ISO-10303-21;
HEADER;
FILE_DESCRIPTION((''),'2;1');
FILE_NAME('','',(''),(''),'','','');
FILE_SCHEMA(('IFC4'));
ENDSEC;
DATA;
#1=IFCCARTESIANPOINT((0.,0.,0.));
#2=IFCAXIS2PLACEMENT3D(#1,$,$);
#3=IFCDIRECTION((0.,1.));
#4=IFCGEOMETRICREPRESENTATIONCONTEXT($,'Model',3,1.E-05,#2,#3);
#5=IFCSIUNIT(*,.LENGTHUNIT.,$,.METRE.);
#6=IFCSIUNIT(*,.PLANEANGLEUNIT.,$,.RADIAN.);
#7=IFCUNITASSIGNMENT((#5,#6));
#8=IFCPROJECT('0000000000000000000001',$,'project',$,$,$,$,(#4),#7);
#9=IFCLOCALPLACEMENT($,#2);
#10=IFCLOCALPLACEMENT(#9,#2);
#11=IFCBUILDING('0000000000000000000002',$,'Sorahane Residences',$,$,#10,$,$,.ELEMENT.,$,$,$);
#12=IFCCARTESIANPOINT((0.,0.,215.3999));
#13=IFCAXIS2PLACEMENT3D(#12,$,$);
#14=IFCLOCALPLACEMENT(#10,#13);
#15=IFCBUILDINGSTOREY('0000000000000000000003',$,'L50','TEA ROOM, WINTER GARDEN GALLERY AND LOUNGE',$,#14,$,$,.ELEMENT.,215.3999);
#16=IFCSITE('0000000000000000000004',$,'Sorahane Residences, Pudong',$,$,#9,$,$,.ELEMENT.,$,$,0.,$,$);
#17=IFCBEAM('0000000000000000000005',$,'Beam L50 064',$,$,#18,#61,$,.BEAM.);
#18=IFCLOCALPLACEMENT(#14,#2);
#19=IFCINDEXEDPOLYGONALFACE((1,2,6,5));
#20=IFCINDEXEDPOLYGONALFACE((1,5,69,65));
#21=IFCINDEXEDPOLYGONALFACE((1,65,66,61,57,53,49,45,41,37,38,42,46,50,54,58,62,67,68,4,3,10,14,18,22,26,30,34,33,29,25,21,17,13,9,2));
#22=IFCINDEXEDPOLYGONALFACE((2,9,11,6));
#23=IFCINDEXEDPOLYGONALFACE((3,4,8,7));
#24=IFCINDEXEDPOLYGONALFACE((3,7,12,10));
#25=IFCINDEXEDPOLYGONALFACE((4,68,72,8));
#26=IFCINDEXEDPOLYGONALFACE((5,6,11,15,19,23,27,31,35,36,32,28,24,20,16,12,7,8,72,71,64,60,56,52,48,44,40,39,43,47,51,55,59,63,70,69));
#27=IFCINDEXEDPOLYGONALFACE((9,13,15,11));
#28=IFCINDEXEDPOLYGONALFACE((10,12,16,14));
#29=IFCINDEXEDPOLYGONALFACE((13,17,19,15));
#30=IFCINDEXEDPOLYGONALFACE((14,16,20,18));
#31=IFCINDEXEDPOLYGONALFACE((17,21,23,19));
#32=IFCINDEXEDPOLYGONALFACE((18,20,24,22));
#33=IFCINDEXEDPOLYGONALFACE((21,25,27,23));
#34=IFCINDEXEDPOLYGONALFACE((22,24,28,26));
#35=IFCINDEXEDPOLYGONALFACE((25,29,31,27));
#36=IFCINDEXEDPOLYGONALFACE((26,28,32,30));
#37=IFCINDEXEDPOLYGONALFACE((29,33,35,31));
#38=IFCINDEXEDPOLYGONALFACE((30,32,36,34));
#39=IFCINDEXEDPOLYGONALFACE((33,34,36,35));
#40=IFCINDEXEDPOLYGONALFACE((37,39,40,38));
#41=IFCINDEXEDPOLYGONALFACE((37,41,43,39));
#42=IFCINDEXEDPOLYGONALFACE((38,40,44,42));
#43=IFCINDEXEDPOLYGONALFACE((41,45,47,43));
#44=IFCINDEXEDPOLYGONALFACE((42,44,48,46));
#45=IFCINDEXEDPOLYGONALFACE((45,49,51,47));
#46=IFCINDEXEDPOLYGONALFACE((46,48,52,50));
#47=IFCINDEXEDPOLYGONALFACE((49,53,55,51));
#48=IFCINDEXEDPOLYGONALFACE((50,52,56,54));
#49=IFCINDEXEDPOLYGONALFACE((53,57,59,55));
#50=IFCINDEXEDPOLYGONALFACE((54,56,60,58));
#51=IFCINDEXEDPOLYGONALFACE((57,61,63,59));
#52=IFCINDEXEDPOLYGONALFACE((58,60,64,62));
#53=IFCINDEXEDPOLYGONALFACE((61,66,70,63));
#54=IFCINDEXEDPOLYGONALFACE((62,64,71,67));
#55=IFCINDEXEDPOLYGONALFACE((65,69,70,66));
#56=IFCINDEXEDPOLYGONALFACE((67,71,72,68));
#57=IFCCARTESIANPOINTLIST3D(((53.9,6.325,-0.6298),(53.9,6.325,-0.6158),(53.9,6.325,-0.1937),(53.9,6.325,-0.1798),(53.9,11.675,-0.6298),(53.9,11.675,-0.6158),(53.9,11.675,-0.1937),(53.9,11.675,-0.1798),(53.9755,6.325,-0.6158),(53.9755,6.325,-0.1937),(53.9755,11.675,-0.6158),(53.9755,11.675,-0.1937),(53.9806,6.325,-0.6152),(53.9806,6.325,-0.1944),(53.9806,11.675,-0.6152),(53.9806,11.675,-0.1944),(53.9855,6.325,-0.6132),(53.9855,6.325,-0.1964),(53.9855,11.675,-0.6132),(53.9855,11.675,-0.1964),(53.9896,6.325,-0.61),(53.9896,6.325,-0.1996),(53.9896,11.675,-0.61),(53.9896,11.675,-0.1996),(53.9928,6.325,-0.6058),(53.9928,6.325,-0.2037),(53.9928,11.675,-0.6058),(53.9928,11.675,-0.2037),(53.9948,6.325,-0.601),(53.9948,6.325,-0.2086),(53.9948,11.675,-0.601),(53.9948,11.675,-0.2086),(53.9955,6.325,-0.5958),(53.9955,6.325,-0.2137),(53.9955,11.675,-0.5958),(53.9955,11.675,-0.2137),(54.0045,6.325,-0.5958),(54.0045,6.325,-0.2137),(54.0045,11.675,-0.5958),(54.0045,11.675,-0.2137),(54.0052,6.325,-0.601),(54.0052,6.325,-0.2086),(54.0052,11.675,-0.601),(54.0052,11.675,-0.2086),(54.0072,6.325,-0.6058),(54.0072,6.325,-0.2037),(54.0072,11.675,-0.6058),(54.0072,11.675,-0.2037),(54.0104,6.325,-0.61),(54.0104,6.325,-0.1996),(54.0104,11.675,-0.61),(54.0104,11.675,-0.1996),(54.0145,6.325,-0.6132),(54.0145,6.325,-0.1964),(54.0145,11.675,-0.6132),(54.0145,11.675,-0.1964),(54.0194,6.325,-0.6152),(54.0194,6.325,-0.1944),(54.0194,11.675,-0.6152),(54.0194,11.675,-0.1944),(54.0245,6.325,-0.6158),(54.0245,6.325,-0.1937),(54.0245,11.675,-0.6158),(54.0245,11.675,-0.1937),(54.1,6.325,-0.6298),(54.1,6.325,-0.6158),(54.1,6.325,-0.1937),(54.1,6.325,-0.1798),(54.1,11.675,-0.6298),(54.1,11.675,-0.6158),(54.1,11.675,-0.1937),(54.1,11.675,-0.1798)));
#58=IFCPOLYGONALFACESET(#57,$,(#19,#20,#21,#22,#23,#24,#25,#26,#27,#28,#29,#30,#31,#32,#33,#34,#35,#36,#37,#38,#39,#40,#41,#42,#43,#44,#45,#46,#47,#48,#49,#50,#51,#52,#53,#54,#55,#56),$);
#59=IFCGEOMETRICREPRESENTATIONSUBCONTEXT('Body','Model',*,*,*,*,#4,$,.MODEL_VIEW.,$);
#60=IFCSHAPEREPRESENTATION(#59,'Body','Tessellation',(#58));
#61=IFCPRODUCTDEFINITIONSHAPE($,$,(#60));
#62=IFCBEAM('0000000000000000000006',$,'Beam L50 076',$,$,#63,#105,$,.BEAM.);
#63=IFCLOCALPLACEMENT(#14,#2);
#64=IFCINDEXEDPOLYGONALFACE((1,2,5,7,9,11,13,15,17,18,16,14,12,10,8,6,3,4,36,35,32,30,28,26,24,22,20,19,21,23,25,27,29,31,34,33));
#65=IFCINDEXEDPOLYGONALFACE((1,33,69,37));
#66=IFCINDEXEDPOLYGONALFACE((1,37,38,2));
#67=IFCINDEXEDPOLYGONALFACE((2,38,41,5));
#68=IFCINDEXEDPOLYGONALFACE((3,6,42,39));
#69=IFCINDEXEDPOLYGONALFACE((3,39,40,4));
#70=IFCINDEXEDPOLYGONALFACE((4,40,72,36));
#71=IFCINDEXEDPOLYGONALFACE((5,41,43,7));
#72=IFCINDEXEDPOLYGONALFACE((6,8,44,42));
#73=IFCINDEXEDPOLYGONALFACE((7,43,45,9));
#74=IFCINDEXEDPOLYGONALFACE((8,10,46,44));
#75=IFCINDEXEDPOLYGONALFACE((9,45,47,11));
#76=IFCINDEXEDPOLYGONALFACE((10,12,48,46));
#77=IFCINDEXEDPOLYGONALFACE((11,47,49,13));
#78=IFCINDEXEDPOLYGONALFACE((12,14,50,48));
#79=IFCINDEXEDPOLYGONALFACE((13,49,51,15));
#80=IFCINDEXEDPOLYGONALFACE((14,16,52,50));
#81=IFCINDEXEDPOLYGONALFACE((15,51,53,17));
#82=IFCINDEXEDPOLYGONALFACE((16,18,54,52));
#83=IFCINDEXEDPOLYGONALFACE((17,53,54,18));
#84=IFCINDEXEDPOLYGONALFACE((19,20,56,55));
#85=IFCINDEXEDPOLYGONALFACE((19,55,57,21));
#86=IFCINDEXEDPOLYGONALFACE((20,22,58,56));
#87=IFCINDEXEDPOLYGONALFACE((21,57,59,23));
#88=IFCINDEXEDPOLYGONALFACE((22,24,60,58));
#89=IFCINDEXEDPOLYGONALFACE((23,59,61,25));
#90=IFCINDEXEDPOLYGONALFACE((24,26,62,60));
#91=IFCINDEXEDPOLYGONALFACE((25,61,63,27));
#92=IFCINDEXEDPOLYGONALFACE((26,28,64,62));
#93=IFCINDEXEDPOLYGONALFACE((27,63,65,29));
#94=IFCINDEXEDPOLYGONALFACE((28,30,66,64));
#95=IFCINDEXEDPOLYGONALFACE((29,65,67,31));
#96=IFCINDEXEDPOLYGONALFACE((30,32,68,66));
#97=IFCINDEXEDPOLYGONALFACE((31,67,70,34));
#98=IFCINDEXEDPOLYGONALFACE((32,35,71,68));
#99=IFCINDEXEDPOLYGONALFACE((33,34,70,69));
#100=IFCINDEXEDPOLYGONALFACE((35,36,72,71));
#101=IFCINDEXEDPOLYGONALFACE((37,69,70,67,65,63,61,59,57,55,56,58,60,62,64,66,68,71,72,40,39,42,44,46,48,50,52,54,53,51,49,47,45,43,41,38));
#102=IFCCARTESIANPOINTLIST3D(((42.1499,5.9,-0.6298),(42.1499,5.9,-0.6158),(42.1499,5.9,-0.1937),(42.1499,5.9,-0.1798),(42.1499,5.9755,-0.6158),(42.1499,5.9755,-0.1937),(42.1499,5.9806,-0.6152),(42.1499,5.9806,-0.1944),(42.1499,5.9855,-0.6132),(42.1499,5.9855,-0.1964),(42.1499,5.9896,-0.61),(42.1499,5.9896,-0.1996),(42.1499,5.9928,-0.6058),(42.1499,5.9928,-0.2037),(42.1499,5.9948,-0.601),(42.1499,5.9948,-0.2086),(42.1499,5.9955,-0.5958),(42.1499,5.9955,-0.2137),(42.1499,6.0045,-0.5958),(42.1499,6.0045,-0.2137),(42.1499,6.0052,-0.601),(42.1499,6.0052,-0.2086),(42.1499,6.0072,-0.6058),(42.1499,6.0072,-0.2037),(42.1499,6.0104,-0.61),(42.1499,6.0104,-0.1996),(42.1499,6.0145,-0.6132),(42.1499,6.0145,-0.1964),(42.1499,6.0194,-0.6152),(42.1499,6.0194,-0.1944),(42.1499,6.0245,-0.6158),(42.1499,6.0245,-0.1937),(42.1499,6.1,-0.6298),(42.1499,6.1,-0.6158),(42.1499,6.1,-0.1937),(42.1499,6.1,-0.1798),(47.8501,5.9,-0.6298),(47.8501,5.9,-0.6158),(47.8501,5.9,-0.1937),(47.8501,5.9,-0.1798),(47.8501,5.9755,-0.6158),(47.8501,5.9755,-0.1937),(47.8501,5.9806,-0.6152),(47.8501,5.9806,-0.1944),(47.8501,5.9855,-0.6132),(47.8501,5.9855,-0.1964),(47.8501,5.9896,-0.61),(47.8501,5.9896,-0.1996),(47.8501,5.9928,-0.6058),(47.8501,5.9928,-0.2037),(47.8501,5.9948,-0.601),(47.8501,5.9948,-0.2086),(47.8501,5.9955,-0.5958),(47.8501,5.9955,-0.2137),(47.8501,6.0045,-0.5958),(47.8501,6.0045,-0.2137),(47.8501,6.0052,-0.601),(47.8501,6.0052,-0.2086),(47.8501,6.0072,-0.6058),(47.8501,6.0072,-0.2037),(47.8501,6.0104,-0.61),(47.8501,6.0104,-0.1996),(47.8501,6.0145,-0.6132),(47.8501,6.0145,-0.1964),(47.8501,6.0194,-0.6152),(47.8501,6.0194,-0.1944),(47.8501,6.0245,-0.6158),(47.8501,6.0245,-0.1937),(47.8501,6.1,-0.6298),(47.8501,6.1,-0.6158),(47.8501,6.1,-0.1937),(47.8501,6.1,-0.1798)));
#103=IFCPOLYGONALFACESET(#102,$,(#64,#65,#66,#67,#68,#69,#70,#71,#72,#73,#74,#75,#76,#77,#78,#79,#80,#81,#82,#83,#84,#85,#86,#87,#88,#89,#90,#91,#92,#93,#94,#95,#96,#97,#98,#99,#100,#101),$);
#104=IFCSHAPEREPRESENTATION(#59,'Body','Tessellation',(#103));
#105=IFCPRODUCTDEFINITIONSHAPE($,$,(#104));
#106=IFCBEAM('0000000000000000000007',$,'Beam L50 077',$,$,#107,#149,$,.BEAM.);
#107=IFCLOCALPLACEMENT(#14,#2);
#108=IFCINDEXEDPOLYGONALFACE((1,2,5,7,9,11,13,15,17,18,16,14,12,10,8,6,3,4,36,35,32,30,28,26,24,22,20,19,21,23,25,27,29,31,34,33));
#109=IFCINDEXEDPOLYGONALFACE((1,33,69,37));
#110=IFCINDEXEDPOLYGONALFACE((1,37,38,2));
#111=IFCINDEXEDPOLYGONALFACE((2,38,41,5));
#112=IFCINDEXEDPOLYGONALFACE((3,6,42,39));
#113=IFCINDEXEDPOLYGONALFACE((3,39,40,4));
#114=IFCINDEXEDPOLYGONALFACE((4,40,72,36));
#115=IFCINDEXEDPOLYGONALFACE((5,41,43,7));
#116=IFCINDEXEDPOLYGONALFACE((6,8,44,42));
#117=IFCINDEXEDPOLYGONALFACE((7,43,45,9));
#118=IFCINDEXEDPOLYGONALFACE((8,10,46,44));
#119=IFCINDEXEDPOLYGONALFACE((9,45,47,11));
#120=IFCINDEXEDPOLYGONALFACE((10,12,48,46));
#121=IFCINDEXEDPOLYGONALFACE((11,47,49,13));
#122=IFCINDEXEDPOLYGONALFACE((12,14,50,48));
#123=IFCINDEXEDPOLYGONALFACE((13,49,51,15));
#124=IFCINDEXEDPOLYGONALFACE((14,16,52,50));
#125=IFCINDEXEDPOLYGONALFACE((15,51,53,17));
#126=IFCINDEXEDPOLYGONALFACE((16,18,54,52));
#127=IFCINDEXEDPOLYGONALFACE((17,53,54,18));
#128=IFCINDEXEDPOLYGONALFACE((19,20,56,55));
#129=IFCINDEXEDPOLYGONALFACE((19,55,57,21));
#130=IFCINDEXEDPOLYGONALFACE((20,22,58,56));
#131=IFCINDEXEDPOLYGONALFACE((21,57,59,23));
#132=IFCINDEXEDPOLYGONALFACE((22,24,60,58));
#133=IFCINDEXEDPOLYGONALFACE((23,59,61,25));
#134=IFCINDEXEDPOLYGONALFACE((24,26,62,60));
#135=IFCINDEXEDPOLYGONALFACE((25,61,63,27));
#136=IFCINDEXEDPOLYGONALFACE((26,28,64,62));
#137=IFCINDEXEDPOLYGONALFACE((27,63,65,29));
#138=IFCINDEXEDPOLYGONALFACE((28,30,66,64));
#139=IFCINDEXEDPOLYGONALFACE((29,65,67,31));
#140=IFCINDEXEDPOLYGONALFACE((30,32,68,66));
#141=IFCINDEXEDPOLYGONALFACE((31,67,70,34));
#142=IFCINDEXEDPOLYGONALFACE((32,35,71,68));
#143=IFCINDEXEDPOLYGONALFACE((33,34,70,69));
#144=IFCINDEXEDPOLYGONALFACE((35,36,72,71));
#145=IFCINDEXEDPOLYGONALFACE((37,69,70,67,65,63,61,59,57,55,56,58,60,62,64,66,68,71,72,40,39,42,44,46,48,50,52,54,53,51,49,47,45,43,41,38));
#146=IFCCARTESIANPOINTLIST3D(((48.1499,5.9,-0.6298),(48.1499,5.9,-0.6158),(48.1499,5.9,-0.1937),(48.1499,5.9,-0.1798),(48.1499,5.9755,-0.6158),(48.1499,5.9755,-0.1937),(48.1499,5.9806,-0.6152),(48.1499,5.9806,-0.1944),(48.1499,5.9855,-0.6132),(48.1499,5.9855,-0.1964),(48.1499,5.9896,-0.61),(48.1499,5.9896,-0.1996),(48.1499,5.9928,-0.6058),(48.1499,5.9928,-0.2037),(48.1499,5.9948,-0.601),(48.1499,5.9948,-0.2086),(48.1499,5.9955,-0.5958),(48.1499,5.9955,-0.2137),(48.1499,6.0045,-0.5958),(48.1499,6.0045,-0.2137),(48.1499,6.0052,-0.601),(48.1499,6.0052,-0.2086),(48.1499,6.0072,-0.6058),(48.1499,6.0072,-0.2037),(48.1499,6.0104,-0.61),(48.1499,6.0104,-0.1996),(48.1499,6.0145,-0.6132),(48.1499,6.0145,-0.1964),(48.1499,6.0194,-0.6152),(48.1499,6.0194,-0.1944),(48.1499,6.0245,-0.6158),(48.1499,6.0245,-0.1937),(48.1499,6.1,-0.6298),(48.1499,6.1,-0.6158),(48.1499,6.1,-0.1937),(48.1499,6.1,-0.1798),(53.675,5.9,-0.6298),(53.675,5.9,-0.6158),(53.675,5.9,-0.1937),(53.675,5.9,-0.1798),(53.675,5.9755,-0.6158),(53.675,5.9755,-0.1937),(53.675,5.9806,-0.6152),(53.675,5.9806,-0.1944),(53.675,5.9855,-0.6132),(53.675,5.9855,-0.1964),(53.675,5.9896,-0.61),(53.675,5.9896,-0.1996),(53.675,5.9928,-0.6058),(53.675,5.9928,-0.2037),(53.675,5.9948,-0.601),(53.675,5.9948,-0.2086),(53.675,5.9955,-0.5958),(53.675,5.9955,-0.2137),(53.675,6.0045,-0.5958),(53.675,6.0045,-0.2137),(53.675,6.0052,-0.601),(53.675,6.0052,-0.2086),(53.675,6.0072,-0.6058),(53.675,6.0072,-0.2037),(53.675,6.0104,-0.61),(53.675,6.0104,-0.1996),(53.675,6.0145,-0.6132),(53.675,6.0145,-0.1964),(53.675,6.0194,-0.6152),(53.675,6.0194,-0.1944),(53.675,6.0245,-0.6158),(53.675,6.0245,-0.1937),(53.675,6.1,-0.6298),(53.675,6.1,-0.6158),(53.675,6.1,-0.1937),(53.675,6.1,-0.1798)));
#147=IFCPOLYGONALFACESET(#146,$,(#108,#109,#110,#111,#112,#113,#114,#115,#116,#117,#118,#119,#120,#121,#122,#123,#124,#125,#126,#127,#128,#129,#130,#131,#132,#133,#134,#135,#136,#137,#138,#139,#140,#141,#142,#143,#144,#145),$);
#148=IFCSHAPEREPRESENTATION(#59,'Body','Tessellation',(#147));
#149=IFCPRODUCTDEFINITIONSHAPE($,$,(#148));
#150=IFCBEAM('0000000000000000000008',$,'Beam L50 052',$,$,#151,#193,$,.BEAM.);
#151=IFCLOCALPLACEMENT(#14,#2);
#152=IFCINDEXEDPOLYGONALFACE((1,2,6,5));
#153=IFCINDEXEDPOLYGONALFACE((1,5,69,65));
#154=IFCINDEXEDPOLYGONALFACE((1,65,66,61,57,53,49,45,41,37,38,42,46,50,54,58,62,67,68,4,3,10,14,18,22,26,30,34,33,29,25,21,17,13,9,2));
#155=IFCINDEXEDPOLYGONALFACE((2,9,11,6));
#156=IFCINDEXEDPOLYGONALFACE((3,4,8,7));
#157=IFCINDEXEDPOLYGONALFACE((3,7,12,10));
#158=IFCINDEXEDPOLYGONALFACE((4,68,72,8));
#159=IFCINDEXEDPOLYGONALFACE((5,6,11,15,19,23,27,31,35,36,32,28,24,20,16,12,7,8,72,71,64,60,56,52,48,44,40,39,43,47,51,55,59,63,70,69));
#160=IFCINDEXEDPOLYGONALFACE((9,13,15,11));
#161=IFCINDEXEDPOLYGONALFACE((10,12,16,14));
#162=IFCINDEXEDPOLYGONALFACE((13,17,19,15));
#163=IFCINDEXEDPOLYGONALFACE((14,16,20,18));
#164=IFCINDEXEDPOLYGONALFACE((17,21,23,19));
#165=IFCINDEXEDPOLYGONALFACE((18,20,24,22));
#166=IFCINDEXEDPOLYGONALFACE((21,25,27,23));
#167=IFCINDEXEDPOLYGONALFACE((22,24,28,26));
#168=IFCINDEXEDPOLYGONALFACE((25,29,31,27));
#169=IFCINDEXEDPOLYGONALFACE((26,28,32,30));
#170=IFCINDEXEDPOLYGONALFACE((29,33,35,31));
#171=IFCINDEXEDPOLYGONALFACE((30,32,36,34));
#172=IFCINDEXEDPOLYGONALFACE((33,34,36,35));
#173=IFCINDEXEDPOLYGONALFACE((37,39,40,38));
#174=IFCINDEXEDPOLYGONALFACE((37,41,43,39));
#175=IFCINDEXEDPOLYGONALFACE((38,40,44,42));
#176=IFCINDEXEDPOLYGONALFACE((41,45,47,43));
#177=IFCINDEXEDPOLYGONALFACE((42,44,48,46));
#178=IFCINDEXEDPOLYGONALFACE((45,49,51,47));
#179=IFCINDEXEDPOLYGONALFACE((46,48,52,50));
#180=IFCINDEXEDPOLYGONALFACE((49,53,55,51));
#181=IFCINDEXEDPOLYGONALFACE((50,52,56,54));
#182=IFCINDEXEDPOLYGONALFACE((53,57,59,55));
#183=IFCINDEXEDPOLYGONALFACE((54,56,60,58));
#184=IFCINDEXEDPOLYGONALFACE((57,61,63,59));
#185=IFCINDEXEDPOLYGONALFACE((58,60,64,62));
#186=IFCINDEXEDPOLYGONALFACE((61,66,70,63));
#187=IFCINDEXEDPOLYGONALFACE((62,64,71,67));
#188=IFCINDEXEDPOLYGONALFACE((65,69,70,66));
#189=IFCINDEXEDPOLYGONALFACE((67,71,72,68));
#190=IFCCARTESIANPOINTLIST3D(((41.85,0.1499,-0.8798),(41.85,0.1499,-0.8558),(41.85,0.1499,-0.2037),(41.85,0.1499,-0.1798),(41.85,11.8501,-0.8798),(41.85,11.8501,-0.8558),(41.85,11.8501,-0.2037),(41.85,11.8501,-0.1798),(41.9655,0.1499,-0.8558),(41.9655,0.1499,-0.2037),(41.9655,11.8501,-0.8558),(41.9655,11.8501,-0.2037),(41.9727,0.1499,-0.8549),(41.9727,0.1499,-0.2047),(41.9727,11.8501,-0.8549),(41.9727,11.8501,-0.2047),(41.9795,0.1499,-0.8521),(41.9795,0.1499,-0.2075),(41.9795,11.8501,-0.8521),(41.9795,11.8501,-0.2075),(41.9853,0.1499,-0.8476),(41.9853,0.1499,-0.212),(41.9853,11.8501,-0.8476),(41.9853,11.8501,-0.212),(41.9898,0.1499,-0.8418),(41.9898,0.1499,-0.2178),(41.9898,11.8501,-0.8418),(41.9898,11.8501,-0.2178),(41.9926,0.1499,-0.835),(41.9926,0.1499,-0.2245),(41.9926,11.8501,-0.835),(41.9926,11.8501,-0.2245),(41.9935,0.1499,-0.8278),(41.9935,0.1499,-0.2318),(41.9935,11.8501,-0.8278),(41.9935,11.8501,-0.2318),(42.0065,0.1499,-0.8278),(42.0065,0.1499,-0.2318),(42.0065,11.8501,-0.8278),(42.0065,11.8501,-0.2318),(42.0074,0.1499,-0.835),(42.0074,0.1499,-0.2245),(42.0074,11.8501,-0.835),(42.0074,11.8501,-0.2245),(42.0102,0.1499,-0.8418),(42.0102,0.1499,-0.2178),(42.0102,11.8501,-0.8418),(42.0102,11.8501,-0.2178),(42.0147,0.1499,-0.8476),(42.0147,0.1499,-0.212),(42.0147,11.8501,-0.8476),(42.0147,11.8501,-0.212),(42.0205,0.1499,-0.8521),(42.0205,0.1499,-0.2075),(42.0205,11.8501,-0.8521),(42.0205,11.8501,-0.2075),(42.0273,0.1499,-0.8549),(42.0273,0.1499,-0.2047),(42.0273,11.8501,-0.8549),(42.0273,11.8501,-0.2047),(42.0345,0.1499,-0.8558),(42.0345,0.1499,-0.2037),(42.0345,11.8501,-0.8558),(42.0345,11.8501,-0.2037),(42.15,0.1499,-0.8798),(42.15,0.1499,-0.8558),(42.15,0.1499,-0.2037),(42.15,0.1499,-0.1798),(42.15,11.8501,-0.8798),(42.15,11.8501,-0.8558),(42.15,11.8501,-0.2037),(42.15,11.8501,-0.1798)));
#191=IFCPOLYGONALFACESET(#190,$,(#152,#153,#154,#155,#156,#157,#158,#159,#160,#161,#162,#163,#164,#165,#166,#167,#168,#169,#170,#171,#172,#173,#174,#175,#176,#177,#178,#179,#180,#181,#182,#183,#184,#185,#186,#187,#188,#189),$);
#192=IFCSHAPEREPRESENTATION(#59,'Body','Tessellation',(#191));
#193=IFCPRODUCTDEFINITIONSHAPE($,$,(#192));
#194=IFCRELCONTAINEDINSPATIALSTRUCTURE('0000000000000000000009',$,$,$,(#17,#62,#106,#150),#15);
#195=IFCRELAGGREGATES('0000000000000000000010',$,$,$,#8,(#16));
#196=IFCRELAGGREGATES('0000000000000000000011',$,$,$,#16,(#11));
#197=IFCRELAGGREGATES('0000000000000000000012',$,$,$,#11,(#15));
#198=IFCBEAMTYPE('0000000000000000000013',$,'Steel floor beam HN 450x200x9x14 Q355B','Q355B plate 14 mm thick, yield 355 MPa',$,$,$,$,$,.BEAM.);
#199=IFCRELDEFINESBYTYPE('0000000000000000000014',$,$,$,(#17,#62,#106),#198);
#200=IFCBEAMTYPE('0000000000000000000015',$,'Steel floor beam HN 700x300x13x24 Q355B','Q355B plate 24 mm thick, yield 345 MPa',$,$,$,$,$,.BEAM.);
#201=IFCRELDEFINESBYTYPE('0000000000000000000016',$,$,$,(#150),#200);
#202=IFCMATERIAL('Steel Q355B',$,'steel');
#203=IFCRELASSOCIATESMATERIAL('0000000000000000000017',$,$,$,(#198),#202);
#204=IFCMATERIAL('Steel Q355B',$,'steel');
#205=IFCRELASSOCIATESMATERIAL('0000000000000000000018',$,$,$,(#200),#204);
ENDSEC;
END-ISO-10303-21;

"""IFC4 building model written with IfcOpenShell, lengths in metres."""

from ifc_helpers import new_model, si_unit, direction, frame, origin, origin_2d, place, context, subcontext, project, spatial, i_section, extrude, material, material_profile, profile_set, type_object, element, save


model = new_model("IFC4")

# Units and contexts
model_context = context("Model", 3, precision=1e-05, world=origin(), true_north=direction((0.0, 1.0)))
body_context = subcontext(model_context, "Body", "Model", "MODEL_VIEW")
ifc_project = project(units=[si_unit("LENGTHUNIT", "METRE"), si_unit("PLANEANGLEUNIT", "RADIAN")], contexts=[model_context])

# Site, building, storey
site_placement = place(None, origin())
site = spatial("IfcSite", under=ifc_project, at=site_placement, Name="Sorahane Residences, Pudong", CompositionType="ELEMENT", RefElevation=0.0)
building_placement = place(site_placement, origin())
building = spatial("IfcBuilding", under=site, at=building_placement, Name="Sorahane Residences", CompositionType="ELEMENT")
storey_placement = place(building_placement, frame((0.0, 0.0, 215.3999)))
storey = spatial("IfcBuildingStorey", under=building, at=storey_placement, Name="L50", Description="TEA ROOM, WINTER GARDEN GALLERY AND LOUNGE", CompositionType="ELEMENT", Elevation=215.3999)

# Beams
ifc_material_1 = material(Name="Steel Q355B", Category="steel")
ifc_material_profile_1 = material_profile(ifc_material_1, i_section(OverallWidth=0.2, OverallDepth=0.45, WebThickness=0.009, FlangeThickness=0.0139, FilletRadius=0.02, at=origin_2d()), Name="HN 450x200x9x14")
ifc_profile_set_1 = profile_set([ifc_material_profile_1], Name="Steel Q355B")
beam_type_1 = type_object("IfcBeamType", Name="Steel floor beam HN 450x200x9x14 Q355B", Description="Q355B plate 14 mm thick, yield 355 MPa", PredefinedType="BEAM", material=ifc_profile_set_1)
beam_1_placement = place(storey_placement, frame((54.0, 6.325, -0.4048), z_axis=(0.0, 1.0, 0.0), x_axis=(-1.0, 0.0, 0.0)))
element("IfcBeam", 1, at=beam_1_placement, inside=storey, type_object=beam_type_1, Name="Beam L50 064", PredefinedType="BEAM", context=body_context, shape_type="SweptSolid", body=[
    extrude(i_section(OverallWidth=0.2, OverallDepth=0.45, WebThickness=0.009, FlangeThickness=0.0139, FilletRadius=0.02, at=origin_2d()), origin(), (0.0, 0.0, 1.0), 5.3501),
])
beam_2_placement = place(storey_placement, frame((42.1499, 6.0, -0.4048), z_axis=(1.0, 0.0, 0.0), x_axis=(0.0, 1.0, 0.0)))
element("IfcBeam", 2, at=beam_2_placement, inside=storey, type_object=beam_type_1, Name="Beam L50 076", PredefinedType="BEAM", context=body_context, shape_type="SweptSolid", body=[
    extrude(i_section(OverallWidth=0.2, OverallDepth=0.45, WebThickness=0.009, FlangeThickness=0.0139, FilletRadius=0.02, at=origin_2d()), origin(), (0.0, 0.0, 1.0), 5.7002),
])
beam_3_placement = place(storey_placement, frame((48.1499, 6.0, -0.4048), z_axis=(1.0, 0.0, 0.0), x_axis=(0.0, 1.0, 0.0)))
element("IfcBeam", 3, at=beam_3_placement, inside=storey, type_object=beam_type_1, Name="Beam L50 077", PredefinedType="BEAM", context=body_context, shape_type="SweptSolid", body=[
    extrude(i_section(OverallWidth=0.2, OverallDepth=0.45, WebThickness=0.009, FlangeThickness=0.0139, FilletRadius=0.02, at=origin_2d()), origin(), (0.0, 0.0, 1.0), 5.5251),
])
ifc_material_2 = material(Name="Steel Q355B", Category="steel")
ifc_material_profile_2 = material_profile(ifc_material_2, i_section(OverallWidth=0.3, OverallDepth=0.7, WebThickness=0.0129, FlangeThickness=0.0239, FilletRadius=0.0281, at=origin_2d()), Name="HN 700x300x13x24")
ifc_profile_set_2 = profile_set([ifc_material_profile_2], Name="Steel Q355B")
beam_type_2 = type_object("IfcBeamType", Name="Steel floor beam HN 700x300x13x24 Q355B", Description="Q355B plate 24 mm thick, yield 345 MPa", PredefinedType="BEAM", material=ifc_profile_set_2)
beam_4_placement = place(storey_placement, frame((42.0, 0.1499, -0.5298), z_axis=(0.0, 1.0, 0.0), x_axis=(-1.0, 0.0, 0.0)))
element("IfcBeam", 4, at=beam_4_placement, inside=storey, type_object=beam_type_2, Name="Beam L50 052", PredefinedType="BEAM", context=body_context, shape_type="SweptSolid", body=[
    extrude(i_section(OverallWidth=0.3, OverallDepth=0.7, WebThickness=0.0129, FlangeThickness=0.0239, FilletRadius=0.0281, at=origin_2d()), origin(), (0.0, 0.0, 1.0), 11.7002),
])

save(model, "model.ifc")
